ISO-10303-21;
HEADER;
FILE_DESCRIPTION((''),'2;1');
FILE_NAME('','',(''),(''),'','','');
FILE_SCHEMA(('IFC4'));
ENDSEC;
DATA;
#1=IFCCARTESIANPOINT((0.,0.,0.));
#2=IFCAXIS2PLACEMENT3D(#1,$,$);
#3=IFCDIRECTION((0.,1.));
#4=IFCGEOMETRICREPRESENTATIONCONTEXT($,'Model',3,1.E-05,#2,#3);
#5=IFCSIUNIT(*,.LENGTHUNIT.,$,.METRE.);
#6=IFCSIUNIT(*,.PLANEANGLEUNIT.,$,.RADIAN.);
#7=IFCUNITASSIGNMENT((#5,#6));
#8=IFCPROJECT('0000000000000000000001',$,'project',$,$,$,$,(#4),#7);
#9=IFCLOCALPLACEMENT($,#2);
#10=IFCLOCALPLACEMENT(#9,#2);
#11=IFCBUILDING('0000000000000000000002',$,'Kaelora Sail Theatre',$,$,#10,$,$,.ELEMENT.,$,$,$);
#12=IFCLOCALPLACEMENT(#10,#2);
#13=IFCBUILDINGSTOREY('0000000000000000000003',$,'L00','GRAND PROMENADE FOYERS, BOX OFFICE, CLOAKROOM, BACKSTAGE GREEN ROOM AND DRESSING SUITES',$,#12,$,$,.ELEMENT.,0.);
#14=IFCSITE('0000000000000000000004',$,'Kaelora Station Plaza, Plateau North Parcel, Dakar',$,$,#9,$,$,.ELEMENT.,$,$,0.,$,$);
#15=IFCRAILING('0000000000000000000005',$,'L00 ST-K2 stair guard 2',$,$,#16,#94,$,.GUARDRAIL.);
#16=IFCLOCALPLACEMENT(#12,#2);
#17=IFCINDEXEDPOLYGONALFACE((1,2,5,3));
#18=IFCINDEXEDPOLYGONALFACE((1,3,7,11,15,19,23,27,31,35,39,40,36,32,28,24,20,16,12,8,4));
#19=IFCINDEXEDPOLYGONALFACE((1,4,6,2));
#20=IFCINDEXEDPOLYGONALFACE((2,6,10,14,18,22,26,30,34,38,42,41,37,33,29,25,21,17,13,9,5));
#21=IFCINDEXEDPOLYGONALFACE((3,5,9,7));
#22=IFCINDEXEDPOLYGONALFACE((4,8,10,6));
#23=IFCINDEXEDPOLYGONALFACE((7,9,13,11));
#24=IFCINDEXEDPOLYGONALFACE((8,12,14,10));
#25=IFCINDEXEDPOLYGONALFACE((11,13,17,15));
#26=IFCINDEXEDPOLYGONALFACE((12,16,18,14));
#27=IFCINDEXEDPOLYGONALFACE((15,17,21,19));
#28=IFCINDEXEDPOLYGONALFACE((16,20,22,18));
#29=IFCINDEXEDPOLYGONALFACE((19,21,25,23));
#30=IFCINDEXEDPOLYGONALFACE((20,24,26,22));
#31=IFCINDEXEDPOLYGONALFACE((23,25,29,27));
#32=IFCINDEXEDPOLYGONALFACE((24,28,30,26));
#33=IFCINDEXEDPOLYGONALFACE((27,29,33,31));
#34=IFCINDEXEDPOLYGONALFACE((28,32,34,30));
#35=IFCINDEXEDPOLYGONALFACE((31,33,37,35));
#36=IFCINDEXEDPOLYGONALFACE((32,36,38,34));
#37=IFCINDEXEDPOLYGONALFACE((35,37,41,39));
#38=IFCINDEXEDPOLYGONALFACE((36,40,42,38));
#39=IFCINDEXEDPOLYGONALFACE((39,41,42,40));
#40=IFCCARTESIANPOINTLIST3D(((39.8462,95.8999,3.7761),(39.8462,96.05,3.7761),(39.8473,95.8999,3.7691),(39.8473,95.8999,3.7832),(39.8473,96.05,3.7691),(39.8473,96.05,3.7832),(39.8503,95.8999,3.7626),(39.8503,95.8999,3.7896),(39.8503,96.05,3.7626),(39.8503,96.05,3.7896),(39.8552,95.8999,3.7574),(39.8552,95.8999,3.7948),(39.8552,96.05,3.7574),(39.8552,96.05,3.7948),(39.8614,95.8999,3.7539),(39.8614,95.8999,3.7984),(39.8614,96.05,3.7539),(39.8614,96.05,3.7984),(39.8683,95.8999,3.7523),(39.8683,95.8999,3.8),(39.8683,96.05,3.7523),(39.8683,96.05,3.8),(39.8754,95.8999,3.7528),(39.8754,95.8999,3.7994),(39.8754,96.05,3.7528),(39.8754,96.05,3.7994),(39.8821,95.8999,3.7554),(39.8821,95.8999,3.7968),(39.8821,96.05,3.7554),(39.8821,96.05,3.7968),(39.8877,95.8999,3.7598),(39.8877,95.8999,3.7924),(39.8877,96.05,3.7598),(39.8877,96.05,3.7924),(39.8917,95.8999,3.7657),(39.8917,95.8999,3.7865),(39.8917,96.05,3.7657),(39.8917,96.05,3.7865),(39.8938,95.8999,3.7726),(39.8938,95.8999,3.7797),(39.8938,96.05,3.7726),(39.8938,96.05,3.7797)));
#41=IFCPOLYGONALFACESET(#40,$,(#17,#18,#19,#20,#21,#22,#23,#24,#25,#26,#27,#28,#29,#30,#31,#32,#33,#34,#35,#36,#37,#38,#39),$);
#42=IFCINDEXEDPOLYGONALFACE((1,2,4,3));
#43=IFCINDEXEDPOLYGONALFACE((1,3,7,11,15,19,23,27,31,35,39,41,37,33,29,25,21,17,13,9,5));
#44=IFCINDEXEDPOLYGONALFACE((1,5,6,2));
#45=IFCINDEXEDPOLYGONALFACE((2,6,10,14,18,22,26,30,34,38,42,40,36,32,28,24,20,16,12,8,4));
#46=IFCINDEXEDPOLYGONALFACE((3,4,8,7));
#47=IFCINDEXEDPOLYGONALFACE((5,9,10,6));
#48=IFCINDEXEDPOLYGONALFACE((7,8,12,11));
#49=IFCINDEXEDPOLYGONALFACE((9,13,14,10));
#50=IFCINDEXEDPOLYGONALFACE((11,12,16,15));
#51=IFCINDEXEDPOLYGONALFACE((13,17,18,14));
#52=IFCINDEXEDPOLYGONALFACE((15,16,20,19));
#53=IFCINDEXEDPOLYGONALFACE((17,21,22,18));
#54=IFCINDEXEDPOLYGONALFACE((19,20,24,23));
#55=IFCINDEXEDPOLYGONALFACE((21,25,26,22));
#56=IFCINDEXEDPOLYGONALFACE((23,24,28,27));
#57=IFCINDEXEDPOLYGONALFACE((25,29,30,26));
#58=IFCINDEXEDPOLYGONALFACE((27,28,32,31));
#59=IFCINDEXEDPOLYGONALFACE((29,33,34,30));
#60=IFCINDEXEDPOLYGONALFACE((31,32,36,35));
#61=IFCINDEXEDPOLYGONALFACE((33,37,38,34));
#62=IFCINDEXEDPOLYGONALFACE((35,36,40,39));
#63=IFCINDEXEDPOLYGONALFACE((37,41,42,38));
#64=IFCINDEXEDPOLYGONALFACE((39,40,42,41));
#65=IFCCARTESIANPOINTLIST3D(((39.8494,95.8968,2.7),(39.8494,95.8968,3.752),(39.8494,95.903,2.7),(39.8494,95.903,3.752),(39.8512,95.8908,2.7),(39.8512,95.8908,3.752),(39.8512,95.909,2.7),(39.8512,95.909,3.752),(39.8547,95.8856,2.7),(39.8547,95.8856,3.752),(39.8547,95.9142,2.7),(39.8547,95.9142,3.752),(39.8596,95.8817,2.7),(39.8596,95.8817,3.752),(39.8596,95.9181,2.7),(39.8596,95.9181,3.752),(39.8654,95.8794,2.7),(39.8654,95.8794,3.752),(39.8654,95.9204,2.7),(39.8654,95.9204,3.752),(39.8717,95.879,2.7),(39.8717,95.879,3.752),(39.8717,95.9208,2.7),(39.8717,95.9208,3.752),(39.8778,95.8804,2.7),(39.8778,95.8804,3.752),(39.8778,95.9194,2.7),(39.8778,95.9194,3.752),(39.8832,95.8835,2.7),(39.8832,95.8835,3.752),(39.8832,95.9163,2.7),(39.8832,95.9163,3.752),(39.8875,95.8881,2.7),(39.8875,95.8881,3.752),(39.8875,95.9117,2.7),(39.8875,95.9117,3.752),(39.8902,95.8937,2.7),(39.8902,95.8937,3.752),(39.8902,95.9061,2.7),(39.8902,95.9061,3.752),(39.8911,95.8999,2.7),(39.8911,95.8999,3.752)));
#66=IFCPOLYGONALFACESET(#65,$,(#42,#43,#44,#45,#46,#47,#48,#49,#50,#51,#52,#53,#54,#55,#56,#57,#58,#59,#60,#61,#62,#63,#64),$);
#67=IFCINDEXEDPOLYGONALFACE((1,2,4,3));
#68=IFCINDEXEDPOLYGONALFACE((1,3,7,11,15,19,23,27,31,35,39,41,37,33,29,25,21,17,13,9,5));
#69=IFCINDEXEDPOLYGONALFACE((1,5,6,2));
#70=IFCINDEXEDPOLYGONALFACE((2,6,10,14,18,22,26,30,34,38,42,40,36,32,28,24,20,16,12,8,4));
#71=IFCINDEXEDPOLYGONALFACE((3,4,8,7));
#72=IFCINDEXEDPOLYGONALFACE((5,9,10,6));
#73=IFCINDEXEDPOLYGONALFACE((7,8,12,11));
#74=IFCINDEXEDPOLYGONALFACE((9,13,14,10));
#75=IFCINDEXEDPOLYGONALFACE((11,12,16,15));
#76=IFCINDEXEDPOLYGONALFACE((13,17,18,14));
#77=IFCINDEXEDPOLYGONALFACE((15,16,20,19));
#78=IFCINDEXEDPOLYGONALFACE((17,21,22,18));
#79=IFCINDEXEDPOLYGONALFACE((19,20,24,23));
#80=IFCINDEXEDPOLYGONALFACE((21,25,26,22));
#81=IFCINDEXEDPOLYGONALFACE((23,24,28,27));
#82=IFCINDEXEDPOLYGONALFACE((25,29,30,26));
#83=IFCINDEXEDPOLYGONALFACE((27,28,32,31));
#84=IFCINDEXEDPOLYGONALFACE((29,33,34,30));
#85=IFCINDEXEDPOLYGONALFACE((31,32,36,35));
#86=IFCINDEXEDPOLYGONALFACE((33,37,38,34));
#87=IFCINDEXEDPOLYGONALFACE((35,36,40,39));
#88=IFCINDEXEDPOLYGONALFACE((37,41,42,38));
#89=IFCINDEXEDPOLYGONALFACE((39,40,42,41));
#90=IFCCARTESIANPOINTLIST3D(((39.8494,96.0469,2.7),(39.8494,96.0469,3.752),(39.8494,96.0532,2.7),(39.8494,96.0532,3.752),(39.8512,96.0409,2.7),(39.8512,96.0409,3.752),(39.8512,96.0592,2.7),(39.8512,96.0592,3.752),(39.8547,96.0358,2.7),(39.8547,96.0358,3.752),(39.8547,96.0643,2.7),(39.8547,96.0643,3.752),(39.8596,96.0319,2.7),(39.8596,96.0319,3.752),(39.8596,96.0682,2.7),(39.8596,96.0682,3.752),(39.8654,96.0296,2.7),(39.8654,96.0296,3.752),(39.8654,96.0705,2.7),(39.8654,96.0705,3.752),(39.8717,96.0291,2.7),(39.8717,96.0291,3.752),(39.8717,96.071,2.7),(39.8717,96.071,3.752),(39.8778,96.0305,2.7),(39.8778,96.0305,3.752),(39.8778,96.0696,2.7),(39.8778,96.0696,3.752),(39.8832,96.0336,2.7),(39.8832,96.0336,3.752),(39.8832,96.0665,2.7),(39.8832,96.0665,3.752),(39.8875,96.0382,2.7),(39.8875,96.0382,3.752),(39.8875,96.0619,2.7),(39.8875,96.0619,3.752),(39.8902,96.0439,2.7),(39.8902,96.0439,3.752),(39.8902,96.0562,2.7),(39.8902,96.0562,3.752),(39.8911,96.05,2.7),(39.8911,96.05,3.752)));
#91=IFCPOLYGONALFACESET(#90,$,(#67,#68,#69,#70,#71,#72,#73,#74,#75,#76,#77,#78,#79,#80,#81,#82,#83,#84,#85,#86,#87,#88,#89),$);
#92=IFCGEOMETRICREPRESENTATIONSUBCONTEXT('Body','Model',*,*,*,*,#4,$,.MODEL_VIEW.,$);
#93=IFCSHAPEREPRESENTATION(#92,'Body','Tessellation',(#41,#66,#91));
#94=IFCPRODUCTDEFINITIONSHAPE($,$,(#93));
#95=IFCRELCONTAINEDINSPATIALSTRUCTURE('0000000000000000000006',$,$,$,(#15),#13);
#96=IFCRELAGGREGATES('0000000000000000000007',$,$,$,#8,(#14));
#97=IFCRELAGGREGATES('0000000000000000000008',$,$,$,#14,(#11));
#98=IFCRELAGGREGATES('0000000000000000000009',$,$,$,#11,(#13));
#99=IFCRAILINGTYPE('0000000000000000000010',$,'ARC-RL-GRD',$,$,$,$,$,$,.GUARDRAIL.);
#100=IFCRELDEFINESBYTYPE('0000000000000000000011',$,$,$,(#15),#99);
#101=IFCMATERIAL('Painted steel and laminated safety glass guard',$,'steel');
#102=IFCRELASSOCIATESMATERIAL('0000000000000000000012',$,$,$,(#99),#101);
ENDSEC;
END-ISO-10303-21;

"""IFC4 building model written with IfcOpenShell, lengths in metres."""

from ifc_helpers import new_model, si_unit, direction, frame, origin, origin_2d, place, context, subcontext, project, spatial, circle, extrude, material, type_object, element, save


model = new_model("IFC4")

# Units and contexts
model_context = context("Model", 3, precision=1e-05, world=origin(), true_north=direction((0.0, 1.0)))
body_context = subcontext(model_context, "Body", "Model", "MODEL_VIEW")
ifc_project = project(units=[si_unit("LENGTHUNIT", "METRE"), si_unit("PLANEANGLEUNIT", "RADIAN")], contexts=[model_context])

# Site, building, storey
site_placement = place(None, origin())
site = spatial("IfcSite", under=ifc_project, at=site_placement, Name="Kaelora Station Plaza, Plateau North Parcel, Dakar", CompositionType="ELEMENT", RefElevation=0.0)
building_placement = place(site_placement, origin())
building = spatial("IfcBuilding", under=site, at=building_placement, Name="Kaelora Sail Theatre", CompositionType="ELEMENT")
storey_placement = place(building_placement, origin())
storey = spatial("IfcBuildingStorey", under=building, at=storey_placement, Name="L00", Description="GRAND PROMENADE FOYERS, BOX OFFICE, CLOAKROOM, BACKSTAGE GREEN ROOM AND DRESSING SUITES", CompositionType="ELEMENT", Elevation=0.0)

# Railing
ifc_material_1 = material(Name="Painted steel and laminated safety glass guard", Category="steel")
railing_type_1 = type_object("IfcRailingType", Name="ARC-RL-GRD", PredefinedType="GUARDRAIL", material=ifc_material_1)
railing_1_placement = place(storey_placement, frame((39.8701, 95.8999, 2.7)))
element("IfcRailing", 1, at=railing_1_placement, inside=storey, type_object=railing_type_1, Name="L00 ST-K2 stair guard 2", PredefinedType="GUARDRAIL", context=body_context, shape_type="SweptSolid", body=[
    extrude(circle(Radius=0.0239, at=origin_2d()), frame((0.0, 0.0, 1.0762), z_axis=(0.0, 1.0, 0.0), x_axis=(-1.0, 0.0, 0.0)), (0.0, 0.0, 1.0), 0.1501),
    extrude(circle(Radius=0.021, at=origin_2d()), origin(), (0.0, 0.0, 1.0), 1.052),
    extrude(circle(Radius=0.021, at=origin_2d()), frame((0.0, 0.1501, 0.0)), (0.0, 0.0, 1.0), 1.052),
])

save(model, "model.ifc")
